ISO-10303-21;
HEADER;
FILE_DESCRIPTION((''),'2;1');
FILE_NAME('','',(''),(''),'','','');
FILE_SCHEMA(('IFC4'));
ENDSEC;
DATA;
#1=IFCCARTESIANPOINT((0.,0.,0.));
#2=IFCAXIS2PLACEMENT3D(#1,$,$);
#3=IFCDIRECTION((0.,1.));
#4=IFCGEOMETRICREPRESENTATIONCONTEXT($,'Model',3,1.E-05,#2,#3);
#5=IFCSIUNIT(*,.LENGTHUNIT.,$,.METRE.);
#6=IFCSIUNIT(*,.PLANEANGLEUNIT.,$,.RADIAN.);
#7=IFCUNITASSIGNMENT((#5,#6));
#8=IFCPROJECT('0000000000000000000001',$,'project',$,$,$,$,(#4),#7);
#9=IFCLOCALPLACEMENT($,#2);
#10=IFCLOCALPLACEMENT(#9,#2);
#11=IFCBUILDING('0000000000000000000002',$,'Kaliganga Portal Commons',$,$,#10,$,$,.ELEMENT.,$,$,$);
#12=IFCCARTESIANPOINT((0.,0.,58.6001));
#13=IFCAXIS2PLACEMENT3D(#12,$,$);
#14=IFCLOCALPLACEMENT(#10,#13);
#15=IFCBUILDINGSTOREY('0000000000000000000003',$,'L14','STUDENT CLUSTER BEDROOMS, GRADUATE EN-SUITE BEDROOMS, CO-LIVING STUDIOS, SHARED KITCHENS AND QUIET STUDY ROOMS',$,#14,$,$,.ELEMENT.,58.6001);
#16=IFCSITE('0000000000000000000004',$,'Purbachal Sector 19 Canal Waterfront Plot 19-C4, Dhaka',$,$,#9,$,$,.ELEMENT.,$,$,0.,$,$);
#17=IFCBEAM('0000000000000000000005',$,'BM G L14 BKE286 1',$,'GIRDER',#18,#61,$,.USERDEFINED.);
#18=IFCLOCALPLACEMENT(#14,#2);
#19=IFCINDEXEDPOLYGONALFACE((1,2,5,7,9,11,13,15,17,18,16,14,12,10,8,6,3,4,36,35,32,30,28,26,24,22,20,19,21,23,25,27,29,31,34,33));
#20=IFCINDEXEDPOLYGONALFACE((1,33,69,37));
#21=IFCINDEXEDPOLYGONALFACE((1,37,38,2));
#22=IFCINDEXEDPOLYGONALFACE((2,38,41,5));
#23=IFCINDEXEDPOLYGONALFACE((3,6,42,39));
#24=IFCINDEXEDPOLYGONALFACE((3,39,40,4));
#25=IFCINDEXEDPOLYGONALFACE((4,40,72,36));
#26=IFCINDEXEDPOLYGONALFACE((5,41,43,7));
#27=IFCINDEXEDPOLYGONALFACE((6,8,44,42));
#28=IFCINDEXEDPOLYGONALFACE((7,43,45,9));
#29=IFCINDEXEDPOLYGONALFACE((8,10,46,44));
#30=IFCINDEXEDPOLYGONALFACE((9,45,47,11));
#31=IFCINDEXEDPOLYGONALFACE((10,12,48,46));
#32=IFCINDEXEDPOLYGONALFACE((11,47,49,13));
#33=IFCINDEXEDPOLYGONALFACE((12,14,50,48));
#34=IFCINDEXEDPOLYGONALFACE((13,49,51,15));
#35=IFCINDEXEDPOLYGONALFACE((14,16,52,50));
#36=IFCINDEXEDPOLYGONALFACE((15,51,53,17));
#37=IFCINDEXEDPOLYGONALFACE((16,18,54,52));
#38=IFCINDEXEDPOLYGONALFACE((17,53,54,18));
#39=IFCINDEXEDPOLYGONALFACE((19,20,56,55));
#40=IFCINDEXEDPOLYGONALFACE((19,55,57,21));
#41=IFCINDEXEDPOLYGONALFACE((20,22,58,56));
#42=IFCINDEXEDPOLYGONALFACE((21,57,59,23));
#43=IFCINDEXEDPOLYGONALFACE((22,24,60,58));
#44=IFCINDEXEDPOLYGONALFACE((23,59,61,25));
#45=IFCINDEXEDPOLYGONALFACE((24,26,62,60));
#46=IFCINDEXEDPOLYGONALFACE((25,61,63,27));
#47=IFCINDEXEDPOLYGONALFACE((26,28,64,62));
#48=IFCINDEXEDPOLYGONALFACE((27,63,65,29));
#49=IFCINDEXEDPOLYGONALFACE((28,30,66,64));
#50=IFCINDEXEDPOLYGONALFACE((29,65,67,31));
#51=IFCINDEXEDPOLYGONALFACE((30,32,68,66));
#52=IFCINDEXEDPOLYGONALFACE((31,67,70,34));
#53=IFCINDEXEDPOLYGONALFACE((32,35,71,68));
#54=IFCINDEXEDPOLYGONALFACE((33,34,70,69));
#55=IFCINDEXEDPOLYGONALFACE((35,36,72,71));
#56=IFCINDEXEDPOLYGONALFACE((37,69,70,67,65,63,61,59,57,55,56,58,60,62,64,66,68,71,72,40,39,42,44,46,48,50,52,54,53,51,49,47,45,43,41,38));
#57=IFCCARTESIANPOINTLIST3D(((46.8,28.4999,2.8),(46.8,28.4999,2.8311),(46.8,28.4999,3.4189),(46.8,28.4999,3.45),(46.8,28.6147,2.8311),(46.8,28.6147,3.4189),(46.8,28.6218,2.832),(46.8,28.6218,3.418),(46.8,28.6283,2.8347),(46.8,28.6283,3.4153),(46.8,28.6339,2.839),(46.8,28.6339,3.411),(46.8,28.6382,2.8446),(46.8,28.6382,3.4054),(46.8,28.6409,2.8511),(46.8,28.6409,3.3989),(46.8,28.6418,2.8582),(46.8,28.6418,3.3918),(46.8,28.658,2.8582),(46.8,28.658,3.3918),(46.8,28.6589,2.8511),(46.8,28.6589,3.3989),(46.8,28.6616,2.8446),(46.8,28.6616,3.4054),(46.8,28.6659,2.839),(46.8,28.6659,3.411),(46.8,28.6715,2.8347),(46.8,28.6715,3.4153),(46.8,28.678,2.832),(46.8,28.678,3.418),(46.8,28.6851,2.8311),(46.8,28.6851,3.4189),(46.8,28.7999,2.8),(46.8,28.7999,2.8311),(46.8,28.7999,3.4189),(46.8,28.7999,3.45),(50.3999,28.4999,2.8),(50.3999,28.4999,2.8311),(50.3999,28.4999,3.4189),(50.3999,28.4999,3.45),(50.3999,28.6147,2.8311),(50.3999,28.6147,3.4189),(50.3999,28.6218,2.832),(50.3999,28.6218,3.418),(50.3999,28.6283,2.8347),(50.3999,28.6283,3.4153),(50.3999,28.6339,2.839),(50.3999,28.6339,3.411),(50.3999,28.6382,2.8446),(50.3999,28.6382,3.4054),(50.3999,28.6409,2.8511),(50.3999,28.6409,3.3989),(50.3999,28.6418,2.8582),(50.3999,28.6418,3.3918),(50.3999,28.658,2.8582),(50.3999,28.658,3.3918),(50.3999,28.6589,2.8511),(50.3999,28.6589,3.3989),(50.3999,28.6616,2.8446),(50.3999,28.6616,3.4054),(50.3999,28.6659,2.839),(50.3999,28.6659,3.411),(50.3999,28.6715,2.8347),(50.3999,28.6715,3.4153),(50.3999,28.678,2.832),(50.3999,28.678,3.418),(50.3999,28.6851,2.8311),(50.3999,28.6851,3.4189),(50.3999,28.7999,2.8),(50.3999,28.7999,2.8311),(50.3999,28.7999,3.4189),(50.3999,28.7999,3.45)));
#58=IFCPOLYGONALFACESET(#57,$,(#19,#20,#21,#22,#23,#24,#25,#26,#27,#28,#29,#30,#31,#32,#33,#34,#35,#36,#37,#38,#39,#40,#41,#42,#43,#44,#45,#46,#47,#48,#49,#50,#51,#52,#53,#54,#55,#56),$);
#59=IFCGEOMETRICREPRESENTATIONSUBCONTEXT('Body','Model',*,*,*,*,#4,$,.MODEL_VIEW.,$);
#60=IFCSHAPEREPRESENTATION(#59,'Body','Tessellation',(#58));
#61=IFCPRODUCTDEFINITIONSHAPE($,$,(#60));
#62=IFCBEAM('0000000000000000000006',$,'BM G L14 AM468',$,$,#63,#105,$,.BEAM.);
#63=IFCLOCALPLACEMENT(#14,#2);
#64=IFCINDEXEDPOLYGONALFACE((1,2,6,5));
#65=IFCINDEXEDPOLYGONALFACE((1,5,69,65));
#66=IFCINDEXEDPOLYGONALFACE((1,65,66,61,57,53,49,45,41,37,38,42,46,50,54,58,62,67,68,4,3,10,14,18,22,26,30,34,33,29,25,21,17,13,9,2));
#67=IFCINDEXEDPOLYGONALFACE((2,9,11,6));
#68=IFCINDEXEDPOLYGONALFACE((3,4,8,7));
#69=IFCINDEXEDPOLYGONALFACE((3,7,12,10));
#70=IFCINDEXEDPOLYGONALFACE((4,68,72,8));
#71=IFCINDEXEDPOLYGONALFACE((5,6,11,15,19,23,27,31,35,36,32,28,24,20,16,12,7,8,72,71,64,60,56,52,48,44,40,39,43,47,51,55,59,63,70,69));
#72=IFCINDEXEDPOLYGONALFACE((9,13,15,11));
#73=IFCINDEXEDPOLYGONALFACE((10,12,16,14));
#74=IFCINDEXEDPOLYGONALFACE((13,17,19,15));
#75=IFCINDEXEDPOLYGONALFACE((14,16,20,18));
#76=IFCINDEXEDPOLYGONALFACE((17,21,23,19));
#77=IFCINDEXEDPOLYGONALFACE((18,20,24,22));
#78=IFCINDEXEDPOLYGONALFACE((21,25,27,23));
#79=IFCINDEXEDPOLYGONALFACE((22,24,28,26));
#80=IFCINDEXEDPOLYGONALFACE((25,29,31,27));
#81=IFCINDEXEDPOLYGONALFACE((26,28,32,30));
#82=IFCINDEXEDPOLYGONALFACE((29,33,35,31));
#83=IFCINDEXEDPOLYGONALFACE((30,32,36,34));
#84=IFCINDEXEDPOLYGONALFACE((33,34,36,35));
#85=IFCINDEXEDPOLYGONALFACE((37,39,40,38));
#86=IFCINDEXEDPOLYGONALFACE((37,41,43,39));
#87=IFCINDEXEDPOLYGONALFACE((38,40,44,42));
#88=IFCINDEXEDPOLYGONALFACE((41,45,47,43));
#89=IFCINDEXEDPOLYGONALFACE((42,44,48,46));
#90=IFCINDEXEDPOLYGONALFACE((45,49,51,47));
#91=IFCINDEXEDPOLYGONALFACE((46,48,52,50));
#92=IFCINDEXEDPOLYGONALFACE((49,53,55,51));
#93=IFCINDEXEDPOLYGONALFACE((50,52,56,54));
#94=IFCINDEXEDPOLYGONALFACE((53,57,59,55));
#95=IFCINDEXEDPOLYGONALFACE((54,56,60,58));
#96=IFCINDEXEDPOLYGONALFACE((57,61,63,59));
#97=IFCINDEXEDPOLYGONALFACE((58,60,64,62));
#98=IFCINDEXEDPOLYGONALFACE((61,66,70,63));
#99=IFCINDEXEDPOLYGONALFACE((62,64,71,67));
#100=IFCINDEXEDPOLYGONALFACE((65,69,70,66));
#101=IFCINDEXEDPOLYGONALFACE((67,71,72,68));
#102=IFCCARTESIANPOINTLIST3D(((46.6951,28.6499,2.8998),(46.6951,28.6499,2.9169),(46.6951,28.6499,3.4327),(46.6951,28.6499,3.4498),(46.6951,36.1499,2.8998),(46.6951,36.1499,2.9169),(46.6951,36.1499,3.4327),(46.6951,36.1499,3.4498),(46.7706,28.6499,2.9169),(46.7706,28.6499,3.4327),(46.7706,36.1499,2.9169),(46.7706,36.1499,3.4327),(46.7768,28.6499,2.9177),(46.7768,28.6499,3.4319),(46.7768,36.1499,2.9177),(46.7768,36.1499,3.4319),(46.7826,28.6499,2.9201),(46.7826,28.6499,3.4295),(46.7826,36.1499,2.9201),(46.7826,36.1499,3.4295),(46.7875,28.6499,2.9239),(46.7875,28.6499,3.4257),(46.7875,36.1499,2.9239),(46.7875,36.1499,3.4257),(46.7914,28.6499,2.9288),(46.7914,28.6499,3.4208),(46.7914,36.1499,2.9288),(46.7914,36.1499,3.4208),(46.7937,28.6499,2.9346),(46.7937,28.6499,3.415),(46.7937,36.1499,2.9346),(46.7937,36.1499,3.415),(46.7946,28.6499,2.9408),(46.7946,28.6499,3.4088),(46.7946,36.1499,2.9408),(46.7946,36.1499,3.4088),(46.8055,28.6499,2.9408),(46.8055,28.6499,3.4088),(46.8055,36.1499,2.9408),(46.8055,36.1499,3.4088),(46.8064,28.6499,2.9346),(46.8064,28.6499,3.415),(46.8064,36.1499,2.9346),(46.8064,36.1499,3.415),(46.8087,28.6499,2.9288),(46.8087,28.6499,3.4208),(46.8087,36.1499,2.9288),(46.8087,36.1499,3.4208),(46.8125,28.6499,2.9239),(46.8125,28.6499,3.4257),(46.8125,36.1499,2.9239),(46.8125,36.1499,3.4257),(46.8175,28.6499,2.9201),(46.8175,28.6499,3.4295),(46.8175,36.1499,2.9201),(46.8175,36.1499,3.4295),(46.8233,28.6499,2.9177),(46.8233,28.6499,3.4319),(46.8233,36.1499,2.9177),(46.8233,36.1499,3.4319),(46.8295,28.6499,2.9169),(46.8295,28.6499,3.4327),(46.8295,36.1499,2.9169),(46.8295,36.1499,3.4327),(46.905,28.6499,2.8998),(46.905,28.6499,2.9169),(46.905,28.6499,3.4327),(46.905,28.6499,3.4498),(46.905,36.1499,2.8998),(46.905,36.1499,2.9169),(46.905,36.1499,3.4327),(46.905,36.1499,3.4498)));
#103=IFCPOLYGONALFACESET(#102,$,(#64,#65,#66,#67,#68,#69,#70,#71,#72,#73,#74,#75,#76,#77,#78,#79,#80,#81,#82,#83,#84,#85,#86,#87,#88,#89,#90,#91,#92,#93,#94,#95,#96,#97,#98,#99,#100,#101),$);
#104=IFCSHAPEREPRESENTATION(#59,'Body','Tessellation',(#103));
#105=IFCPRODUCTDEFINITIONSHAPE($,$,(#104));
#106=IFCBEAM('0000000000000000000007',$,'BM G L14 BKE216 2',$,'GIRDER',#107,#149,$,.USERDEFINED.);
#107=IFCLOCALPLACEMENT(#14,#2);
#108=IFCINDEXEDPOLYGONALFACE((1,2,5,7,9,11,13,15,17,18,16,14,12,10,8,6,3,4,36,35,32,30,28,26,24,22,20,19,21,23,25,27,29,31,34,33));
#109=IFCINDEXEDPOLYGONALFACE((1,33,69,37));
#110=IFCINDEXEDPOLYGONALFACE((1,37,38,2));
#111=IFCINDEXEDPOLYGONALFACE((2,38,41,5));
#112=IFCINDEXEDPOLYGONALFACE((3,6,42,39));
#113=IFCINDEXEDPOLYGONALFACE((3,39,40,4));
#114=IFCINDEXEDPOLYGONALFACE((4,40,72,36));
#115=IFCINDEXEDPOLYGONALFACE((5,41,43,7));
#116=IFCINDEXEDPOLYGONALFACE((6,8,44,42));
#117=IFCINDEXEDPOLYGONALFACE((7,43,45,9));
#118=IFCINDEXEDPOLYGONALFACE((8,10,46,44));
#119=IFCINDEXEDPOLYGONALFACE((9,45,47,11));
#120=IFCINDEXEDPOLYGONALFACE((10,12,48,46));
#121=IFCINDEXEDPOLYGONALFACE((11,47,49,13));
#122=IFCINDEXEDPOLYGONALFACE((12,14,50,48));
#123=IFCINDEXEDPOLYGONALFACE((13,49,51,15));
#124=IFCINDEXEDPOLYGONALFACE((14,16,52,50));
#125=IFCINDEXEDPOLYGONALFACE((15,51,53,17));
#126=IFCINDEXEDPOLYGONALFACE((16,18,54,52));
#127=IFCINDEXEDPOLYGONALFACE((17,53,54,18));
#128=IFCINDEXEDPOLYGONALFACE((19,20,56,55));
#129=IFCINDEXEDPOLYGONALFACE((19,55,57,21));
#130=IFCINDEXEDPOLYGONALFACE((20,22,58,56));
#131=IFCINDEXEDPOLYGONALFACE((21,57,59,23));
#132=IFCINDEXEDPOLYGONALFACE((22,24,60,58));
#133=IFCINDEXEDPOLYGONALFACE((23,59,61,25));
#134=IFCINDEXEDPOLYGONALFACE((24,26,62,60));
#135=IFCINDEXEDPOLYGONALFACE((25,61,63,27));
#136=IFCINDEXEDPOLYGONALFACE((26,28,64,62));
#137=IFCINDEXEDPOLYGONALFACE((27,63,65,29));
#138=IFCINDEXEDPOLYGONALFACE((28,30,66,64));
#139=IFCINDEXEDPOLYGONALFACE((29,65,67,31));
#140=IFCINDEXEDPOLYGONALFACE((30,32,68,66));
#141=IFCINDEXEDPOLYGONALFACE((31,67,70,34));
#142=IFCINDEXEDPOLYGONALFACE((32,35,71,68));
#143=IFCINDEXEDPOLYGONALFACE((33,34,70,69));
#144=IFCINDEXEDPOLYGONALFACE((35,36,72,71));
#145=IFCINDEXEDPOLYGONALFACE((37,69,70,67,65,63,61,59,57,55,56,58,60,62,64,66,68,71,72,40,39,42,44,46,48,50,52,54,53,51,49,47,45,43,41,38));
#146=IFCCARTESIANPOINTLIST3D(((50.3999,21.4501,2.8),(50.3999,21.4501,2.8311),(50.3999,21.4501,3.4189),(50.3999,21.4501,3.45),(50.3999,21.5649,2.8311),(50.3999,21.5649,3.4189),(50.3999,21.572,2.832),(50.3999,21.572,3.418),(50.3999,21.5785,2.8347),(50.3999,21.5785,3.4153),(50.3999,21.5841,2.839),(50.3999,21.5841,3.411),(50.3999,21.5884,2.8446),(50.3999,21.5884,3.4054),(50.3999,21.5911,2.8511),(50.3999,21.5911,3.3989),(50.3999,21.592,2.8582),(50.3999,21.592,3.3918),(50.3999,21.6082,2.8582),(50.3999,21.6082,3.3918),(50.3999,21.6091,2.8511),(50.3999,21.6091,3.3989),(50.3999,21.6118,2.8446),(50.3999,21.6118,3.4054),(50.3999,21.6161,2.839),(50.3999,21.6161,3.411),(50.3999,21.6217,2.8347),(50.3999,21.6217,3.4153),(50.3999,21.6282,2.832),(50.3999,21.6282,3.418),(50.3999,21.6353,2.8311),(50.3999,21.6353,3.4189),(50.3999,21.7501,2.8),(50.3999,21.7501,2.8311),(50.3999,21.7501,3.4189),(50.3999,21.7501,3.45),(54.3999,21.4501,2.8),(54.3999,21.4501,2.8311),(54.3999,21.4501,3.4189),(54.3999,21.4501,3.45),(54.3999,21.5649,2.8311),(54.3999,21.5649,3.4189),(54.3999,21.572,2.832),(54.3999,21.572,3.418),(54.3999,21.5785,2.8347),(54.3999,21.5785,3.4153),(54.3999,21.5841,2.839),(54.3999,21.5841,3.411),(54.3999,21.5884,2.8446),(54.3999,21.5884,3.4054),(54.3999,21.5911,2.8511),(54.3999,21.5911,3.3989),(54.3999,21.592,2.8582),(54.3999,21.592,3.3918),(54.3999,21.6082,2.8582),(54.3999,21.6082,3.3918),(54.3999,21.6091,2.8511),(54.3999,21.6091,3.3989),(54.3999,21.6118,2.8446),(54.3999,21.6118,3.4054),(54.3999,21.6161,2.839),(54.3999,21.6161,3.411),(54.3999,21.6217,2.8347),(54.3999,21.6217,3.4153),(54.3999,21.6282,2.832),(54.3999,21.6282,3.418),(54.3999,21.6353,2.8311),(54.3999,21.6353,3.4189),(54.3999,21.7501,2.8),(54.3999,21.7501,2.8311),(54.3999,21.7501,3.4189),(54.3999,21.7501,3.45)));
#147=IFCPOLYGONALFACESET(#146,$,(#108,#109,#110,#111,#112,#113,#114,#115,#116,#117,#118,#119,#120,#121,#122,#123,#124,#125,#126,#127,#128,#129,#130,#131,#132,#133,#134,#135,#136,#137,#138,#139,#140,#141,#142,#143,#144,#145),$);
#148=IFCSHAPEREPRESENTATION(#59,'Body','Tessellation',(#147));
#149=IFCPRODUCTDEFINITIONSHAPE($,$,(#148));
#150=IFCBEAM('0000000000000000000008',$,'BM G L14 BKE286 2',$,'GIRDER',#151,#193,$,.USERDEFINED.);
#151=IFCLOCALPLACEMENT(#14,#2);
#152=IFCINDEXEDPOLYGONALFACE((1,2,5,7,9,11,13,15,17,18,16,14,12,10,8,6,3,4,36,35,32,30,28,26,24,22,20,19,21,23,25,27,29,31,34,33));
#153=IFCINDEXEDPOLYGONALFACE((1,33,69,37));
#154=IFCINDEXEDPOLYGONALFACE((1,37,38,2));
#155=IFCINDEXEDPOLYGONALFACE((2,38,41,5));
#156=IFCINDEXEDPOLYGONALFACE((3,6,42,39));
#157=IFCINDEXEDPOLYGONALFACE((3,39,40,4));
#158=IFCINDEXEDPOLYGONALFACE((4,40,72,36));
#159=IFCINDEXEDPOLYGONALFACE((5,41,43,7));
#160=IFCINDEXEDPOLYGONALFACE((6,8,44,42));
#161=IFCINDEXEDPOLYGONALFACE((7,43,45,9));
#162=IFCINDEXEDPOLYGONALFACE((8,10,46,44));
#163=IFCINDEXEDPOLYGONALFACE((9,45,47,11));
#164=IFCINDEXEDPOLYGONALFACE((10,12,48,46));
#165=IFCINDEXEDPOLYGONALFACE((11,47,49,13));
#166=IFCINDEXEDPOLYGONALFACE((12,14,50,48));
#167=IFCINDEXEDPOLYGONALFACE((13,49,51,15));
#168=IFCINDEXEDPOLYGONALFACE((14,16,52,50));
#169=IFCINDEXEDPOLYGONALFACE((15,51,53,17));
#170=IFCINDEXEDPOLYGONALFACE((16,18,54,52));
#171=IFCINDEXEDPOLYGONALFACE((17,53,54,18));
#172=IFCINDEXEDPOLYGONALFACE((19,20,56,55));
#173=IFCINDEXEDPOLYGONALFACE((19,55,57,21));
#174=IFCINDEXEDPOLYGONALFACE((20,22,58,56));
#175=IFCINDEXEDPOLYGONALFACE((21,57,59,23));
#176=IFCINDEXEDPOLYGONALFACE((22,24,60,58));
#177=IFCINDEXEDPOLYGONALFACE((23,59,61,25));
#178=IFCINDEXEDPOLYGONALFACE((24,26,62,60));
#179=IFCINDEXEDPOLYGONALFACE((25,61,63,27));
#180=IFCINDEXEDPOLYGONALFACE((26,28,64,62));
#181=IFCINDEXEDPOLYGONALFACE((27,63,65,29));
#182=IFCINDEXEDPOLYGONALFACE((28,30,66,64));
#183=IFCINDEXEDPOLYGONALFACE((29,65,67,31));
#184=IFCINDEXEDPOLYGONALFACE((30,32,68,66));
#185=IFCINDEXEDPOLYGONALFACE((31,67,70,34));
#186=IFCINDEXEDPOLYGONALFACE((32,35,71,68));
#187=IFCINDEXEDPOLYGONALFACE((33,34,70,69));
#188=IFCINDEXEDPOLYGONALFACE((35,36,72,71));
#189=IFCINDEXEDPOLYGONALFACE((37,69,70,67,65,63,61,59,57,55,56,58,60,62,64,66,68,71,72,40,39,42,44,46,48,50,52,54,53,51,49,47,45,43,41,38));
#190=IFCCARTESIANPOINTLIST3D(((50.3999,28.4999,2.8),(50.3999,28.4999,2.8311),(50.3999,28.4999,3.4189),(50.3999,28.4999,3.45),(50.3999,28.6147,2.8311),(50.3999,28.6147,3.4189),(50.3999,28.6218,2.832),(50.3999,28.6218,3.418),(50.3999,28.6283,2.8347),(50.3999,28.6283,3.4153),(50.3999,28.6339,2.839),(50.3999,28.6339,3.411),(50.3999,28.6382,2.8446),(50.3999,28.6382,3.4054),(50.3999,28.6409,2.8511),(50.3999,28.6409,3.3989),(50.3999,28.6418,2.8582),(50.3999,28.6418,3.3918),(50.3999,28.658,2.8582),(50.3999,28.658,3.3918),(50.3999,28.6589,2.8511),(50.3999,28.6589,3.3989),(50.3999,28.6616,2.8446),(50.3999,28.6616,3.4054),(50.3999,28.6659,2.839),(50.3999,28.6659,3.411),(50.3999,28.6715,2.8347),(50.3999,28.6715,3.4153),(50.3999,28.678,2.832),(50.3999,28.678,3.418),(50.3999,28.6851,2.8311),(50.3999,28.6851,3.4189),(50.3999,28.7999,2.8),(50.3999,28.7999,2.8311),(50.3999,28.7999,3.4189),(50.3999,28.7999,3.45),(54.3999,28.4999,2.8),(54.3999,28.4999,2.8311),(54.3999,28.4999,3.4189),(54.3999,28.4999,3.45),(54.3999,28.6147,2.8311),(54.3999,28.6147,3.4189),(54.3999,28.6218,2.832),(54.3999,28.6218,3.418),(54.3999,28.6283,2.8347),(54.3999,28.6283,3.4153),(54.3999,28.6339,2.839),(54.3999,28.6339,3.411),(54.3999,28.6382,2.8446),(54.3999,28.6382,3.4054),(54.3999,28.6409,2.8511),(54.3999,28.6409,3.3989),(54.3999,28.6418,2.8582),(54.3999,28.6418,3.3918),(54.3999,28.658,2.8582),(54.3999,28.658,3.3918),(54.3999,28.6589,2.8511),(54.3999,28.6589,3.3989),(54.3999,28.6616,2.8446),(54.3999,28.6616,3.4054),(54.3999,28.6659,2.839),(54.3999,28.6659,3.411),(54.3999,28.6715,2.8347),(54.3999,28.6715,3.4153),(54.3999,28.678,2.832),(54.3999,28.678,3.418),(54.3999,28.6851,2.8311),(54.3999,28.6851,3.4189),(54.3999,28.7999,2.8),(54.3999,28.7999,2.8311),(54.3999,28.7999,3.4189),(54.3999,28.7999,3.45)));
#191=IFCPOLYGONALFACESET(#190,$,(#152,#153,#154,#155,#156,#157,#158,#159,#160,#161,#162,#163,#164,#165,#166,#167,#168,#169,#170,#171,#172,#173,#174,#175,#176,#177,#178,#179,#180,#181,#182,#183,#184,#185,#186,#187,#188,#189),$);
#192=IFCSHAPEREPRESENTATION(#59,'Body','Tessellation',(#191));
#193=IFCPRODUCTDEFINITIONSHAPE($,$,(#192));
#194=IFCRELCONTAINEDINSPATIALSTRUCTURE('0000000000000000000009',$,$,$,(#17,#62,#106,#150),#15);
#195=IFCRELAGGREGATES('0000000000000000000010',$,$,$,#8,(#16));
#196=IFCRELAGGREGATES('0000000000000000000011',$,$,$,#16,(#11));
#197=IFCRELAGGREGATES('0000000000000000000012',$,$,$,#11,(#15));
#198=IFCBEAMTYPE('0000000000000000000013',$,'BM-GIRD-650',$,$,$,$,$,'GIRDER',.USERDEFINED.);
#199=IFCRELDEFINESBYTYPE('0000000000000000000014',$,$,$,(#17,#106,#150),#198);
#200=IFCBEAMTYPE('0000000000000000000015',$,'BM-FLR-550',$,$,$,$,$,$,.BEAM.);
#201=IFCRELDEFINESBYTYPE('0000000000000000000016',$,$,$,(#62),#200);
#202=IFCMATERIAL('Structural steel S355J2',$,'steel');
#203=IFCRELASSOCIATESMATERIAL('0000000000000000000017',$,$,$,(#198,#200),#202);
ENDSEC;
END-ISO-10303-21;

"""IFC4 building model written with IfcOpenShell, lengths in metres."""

from ifc_helpers import new_model, si_unit, direction, frame, origin, origin_2d, place, context, subcontext, project, spatial, i_section, extrude, source, transform, mapped, material, material_profile, profile_set, type_object, element, save


model = new_model("IFC4")

# Units and contexts
model_context = context("Model", 3, precision=1e-05, world=origin(), true_north=direction((0.0, 1.0)))
body_context = subcontext(model_context, "Body", "Model", "MODEL_VIEW")
ifc_project = project(units=[si_unit("LENGTHUNIT", "METRE"), si_unit("PLANEANGLEUNIT", "RADIAN")], contexts=[model_context])

# Site, building, storey
site_placement = place(None, origin())
site = spatial("IfcSite", under=ifc_project, at=site_placement, Name="Purbachal Sector 19 Canal Waterfront Plot 19-C4, Dhaka", CompositionType="ELEMENT", RefElevation=0.0)
building_placement = place(site_placement, origin())
building = spatial("IfcBuilding", under=site, at=building_placement, Name="Kaliganga Portal Commons", CompositionType="ELEMENT")
storey_placement = place(building_placement, frame((0.0, 0.0, 58.6001)))
storey = spatial("IfcBuildingStorey", under=building, at=storey_placement, Name="L14", Description="STUDENT CLUSTER BEDROOMS, GRADUATE EN-SUITE BEDROOMS, CO-LIVING STUDIOS, SHARED KITCHENS AND QUIET STUDY ROOMS", CompositionType="ELEMENT", Elevation=58.6001)

# Beams
ifc_material_1 = material(Name="Structural steel S355J2", Category="steel")
ifc_material_profile_1 = material_profile(ifc_material_1, i_section(OverallWidth=0.3, OverallDepth=0.6499, WebThickness=0.0161, FlangeThickness=0.031, FilletRadius=0.0271, at=origin_2d()), Name="HE 650 B")
ifc_profile_set_1 = profile_set([ifc_material_profile_1], Name="Structural steel S355J2 wide-flange")
beam_type_1 = type_object("IfcBeamType", Name="BM-GIRD-650", ElementType="GIRDER", PredefinedType="USERDEFINED", material=ifc_profile_set_1)
shared_shape_1 = source(origin(), body_context, "Body", "SweptSolid", [
    extrude(i_section(OverallWidth=0.3, OverallDepth=0.6499, WebThickness=0.0161, FlangeThickness=0.031, FilletRadius=0.0271, at=origin_2d()), origin(), (0.0, 0.0, 1.0), 3.5999),
])
beam_1_placement = place(storey_placement, frame((46.8, 28.6499, 3.125), z_axis=(1.0, 0.0, 0.0), x_axis=(0.0, 1.0, 0.0)))
element("IfcBeam", 1, at=beam_1_placement, inside=storey, type_object=beam_type_1, Name="BM G L14 BKE286 1", ObjectType="GIRDER", PredefinedType="USERDEFINED", context=body_context, shape_type="MappedRepresentation", body=[
    mapped(shared_shape_1, transform((0.0, 0.0, 0.0), x_axis=(1.0, 0.0, 0.0), y_axis=(0.0, 1.0, 0.0), z_axis=(0.0, 0.0, 1.0), scale=1.0)),
])
ifc_material_profile_2 = material_profile(ifc_material_1, i_section(OverallWidth=0.21, OverallDepth=0.55, WebThickness=0.011, FlangeThickness=0.0171, FilletRadius=0.0239, at=origin_2d()), Name="IPE 550")
ifc_profile_set_2 = profile_set([ifc_material_profile_2], Name="Structural steel S355J2 wide-flange")
beam_type_2 = type_object("IfcBeamType", Name="BM-FLR-550", PredefinedType="BEAM", material=ifc_profile_set_2)
shared_shape_2 = source(origin(), body_context, "Body", "SweptSolid", [
    extrude(i_section(OverallWidth=0.21, OverallDepth=0.55, WebThickness=0.011, FlangeThickness=0.0171, FilletRadius=0.0239, at=origin_2d()), origin(), (0.0, 0.0, 1.0), 7.5),
])
beam_2_placement = place(storey_placement, frame((46.8, 28.6499, 3.1748), z_axis=(0.0, 1.0, 0.0), x_axis=(-1.0, 0.0, 0.0)))
element("IfcBeam", 2, at=beam_2_placement, inside=storey, type_object=beam_type_2, Name="BM G L14 AM468", PredefinedType="BEAM", context=body_context, shape_type="MappedRepresentation", body=[
    mapped(shared_shape_2, transform((0.0, 0.0, 0.0), x_axis=(1.0, 0.0, 0.0), y_axis=(0.0, 1.0, 0.0), z_axis=(0.0, 0.0, 1.0), scale=1.0)),
])
shared_shape_3 = source(origin(), body_context, "Body", "SweptSolid", [
    extrude(i_section(OverallWidth=0.3, OverallDepth=0.6499, WebThickness=0.0161, FlangeThickness=0.031, FilletRadius=0.0271, at=origin_2d()), origin(), (0.0, 0.0, 1.0), 4.0),
])
for number, where, z_axis, x_axis, name in (
    (3, (50.3999, 21.6001, 3.125), (1.0, 0.0, 0.0), (0.0, 1.0, 0.0), "BM G L14 BKE216 2"),
    (4, (50.3999, 28.6499, 3.125), (1.0, 0.0, 0.0), (0.0, 1.0, 0.0), "BM G L14 BKE286 2"),
):
    element("IfcBeam", number, at=place(storey_placement, frame(where, z_axis=z_axis, x_axis=x_axis)), inside=storey, type_object=beam_type_1, Name=name, ObjectType="GIRDER", PredefinedType="USERDEFINED", context=body_context, shape_type="MappedRepresentation", body=[
        mapped(shared_shape_3, transform((0.0, 0.0, 0.0), x_axis=(1.0, 0.0, 0.0), y_axis=(0.0, 1.0, 0.0), z_axis=(0.0, 0.0, 1.0), scale=1.0)),
    ])

save(model, "model.ifc")
